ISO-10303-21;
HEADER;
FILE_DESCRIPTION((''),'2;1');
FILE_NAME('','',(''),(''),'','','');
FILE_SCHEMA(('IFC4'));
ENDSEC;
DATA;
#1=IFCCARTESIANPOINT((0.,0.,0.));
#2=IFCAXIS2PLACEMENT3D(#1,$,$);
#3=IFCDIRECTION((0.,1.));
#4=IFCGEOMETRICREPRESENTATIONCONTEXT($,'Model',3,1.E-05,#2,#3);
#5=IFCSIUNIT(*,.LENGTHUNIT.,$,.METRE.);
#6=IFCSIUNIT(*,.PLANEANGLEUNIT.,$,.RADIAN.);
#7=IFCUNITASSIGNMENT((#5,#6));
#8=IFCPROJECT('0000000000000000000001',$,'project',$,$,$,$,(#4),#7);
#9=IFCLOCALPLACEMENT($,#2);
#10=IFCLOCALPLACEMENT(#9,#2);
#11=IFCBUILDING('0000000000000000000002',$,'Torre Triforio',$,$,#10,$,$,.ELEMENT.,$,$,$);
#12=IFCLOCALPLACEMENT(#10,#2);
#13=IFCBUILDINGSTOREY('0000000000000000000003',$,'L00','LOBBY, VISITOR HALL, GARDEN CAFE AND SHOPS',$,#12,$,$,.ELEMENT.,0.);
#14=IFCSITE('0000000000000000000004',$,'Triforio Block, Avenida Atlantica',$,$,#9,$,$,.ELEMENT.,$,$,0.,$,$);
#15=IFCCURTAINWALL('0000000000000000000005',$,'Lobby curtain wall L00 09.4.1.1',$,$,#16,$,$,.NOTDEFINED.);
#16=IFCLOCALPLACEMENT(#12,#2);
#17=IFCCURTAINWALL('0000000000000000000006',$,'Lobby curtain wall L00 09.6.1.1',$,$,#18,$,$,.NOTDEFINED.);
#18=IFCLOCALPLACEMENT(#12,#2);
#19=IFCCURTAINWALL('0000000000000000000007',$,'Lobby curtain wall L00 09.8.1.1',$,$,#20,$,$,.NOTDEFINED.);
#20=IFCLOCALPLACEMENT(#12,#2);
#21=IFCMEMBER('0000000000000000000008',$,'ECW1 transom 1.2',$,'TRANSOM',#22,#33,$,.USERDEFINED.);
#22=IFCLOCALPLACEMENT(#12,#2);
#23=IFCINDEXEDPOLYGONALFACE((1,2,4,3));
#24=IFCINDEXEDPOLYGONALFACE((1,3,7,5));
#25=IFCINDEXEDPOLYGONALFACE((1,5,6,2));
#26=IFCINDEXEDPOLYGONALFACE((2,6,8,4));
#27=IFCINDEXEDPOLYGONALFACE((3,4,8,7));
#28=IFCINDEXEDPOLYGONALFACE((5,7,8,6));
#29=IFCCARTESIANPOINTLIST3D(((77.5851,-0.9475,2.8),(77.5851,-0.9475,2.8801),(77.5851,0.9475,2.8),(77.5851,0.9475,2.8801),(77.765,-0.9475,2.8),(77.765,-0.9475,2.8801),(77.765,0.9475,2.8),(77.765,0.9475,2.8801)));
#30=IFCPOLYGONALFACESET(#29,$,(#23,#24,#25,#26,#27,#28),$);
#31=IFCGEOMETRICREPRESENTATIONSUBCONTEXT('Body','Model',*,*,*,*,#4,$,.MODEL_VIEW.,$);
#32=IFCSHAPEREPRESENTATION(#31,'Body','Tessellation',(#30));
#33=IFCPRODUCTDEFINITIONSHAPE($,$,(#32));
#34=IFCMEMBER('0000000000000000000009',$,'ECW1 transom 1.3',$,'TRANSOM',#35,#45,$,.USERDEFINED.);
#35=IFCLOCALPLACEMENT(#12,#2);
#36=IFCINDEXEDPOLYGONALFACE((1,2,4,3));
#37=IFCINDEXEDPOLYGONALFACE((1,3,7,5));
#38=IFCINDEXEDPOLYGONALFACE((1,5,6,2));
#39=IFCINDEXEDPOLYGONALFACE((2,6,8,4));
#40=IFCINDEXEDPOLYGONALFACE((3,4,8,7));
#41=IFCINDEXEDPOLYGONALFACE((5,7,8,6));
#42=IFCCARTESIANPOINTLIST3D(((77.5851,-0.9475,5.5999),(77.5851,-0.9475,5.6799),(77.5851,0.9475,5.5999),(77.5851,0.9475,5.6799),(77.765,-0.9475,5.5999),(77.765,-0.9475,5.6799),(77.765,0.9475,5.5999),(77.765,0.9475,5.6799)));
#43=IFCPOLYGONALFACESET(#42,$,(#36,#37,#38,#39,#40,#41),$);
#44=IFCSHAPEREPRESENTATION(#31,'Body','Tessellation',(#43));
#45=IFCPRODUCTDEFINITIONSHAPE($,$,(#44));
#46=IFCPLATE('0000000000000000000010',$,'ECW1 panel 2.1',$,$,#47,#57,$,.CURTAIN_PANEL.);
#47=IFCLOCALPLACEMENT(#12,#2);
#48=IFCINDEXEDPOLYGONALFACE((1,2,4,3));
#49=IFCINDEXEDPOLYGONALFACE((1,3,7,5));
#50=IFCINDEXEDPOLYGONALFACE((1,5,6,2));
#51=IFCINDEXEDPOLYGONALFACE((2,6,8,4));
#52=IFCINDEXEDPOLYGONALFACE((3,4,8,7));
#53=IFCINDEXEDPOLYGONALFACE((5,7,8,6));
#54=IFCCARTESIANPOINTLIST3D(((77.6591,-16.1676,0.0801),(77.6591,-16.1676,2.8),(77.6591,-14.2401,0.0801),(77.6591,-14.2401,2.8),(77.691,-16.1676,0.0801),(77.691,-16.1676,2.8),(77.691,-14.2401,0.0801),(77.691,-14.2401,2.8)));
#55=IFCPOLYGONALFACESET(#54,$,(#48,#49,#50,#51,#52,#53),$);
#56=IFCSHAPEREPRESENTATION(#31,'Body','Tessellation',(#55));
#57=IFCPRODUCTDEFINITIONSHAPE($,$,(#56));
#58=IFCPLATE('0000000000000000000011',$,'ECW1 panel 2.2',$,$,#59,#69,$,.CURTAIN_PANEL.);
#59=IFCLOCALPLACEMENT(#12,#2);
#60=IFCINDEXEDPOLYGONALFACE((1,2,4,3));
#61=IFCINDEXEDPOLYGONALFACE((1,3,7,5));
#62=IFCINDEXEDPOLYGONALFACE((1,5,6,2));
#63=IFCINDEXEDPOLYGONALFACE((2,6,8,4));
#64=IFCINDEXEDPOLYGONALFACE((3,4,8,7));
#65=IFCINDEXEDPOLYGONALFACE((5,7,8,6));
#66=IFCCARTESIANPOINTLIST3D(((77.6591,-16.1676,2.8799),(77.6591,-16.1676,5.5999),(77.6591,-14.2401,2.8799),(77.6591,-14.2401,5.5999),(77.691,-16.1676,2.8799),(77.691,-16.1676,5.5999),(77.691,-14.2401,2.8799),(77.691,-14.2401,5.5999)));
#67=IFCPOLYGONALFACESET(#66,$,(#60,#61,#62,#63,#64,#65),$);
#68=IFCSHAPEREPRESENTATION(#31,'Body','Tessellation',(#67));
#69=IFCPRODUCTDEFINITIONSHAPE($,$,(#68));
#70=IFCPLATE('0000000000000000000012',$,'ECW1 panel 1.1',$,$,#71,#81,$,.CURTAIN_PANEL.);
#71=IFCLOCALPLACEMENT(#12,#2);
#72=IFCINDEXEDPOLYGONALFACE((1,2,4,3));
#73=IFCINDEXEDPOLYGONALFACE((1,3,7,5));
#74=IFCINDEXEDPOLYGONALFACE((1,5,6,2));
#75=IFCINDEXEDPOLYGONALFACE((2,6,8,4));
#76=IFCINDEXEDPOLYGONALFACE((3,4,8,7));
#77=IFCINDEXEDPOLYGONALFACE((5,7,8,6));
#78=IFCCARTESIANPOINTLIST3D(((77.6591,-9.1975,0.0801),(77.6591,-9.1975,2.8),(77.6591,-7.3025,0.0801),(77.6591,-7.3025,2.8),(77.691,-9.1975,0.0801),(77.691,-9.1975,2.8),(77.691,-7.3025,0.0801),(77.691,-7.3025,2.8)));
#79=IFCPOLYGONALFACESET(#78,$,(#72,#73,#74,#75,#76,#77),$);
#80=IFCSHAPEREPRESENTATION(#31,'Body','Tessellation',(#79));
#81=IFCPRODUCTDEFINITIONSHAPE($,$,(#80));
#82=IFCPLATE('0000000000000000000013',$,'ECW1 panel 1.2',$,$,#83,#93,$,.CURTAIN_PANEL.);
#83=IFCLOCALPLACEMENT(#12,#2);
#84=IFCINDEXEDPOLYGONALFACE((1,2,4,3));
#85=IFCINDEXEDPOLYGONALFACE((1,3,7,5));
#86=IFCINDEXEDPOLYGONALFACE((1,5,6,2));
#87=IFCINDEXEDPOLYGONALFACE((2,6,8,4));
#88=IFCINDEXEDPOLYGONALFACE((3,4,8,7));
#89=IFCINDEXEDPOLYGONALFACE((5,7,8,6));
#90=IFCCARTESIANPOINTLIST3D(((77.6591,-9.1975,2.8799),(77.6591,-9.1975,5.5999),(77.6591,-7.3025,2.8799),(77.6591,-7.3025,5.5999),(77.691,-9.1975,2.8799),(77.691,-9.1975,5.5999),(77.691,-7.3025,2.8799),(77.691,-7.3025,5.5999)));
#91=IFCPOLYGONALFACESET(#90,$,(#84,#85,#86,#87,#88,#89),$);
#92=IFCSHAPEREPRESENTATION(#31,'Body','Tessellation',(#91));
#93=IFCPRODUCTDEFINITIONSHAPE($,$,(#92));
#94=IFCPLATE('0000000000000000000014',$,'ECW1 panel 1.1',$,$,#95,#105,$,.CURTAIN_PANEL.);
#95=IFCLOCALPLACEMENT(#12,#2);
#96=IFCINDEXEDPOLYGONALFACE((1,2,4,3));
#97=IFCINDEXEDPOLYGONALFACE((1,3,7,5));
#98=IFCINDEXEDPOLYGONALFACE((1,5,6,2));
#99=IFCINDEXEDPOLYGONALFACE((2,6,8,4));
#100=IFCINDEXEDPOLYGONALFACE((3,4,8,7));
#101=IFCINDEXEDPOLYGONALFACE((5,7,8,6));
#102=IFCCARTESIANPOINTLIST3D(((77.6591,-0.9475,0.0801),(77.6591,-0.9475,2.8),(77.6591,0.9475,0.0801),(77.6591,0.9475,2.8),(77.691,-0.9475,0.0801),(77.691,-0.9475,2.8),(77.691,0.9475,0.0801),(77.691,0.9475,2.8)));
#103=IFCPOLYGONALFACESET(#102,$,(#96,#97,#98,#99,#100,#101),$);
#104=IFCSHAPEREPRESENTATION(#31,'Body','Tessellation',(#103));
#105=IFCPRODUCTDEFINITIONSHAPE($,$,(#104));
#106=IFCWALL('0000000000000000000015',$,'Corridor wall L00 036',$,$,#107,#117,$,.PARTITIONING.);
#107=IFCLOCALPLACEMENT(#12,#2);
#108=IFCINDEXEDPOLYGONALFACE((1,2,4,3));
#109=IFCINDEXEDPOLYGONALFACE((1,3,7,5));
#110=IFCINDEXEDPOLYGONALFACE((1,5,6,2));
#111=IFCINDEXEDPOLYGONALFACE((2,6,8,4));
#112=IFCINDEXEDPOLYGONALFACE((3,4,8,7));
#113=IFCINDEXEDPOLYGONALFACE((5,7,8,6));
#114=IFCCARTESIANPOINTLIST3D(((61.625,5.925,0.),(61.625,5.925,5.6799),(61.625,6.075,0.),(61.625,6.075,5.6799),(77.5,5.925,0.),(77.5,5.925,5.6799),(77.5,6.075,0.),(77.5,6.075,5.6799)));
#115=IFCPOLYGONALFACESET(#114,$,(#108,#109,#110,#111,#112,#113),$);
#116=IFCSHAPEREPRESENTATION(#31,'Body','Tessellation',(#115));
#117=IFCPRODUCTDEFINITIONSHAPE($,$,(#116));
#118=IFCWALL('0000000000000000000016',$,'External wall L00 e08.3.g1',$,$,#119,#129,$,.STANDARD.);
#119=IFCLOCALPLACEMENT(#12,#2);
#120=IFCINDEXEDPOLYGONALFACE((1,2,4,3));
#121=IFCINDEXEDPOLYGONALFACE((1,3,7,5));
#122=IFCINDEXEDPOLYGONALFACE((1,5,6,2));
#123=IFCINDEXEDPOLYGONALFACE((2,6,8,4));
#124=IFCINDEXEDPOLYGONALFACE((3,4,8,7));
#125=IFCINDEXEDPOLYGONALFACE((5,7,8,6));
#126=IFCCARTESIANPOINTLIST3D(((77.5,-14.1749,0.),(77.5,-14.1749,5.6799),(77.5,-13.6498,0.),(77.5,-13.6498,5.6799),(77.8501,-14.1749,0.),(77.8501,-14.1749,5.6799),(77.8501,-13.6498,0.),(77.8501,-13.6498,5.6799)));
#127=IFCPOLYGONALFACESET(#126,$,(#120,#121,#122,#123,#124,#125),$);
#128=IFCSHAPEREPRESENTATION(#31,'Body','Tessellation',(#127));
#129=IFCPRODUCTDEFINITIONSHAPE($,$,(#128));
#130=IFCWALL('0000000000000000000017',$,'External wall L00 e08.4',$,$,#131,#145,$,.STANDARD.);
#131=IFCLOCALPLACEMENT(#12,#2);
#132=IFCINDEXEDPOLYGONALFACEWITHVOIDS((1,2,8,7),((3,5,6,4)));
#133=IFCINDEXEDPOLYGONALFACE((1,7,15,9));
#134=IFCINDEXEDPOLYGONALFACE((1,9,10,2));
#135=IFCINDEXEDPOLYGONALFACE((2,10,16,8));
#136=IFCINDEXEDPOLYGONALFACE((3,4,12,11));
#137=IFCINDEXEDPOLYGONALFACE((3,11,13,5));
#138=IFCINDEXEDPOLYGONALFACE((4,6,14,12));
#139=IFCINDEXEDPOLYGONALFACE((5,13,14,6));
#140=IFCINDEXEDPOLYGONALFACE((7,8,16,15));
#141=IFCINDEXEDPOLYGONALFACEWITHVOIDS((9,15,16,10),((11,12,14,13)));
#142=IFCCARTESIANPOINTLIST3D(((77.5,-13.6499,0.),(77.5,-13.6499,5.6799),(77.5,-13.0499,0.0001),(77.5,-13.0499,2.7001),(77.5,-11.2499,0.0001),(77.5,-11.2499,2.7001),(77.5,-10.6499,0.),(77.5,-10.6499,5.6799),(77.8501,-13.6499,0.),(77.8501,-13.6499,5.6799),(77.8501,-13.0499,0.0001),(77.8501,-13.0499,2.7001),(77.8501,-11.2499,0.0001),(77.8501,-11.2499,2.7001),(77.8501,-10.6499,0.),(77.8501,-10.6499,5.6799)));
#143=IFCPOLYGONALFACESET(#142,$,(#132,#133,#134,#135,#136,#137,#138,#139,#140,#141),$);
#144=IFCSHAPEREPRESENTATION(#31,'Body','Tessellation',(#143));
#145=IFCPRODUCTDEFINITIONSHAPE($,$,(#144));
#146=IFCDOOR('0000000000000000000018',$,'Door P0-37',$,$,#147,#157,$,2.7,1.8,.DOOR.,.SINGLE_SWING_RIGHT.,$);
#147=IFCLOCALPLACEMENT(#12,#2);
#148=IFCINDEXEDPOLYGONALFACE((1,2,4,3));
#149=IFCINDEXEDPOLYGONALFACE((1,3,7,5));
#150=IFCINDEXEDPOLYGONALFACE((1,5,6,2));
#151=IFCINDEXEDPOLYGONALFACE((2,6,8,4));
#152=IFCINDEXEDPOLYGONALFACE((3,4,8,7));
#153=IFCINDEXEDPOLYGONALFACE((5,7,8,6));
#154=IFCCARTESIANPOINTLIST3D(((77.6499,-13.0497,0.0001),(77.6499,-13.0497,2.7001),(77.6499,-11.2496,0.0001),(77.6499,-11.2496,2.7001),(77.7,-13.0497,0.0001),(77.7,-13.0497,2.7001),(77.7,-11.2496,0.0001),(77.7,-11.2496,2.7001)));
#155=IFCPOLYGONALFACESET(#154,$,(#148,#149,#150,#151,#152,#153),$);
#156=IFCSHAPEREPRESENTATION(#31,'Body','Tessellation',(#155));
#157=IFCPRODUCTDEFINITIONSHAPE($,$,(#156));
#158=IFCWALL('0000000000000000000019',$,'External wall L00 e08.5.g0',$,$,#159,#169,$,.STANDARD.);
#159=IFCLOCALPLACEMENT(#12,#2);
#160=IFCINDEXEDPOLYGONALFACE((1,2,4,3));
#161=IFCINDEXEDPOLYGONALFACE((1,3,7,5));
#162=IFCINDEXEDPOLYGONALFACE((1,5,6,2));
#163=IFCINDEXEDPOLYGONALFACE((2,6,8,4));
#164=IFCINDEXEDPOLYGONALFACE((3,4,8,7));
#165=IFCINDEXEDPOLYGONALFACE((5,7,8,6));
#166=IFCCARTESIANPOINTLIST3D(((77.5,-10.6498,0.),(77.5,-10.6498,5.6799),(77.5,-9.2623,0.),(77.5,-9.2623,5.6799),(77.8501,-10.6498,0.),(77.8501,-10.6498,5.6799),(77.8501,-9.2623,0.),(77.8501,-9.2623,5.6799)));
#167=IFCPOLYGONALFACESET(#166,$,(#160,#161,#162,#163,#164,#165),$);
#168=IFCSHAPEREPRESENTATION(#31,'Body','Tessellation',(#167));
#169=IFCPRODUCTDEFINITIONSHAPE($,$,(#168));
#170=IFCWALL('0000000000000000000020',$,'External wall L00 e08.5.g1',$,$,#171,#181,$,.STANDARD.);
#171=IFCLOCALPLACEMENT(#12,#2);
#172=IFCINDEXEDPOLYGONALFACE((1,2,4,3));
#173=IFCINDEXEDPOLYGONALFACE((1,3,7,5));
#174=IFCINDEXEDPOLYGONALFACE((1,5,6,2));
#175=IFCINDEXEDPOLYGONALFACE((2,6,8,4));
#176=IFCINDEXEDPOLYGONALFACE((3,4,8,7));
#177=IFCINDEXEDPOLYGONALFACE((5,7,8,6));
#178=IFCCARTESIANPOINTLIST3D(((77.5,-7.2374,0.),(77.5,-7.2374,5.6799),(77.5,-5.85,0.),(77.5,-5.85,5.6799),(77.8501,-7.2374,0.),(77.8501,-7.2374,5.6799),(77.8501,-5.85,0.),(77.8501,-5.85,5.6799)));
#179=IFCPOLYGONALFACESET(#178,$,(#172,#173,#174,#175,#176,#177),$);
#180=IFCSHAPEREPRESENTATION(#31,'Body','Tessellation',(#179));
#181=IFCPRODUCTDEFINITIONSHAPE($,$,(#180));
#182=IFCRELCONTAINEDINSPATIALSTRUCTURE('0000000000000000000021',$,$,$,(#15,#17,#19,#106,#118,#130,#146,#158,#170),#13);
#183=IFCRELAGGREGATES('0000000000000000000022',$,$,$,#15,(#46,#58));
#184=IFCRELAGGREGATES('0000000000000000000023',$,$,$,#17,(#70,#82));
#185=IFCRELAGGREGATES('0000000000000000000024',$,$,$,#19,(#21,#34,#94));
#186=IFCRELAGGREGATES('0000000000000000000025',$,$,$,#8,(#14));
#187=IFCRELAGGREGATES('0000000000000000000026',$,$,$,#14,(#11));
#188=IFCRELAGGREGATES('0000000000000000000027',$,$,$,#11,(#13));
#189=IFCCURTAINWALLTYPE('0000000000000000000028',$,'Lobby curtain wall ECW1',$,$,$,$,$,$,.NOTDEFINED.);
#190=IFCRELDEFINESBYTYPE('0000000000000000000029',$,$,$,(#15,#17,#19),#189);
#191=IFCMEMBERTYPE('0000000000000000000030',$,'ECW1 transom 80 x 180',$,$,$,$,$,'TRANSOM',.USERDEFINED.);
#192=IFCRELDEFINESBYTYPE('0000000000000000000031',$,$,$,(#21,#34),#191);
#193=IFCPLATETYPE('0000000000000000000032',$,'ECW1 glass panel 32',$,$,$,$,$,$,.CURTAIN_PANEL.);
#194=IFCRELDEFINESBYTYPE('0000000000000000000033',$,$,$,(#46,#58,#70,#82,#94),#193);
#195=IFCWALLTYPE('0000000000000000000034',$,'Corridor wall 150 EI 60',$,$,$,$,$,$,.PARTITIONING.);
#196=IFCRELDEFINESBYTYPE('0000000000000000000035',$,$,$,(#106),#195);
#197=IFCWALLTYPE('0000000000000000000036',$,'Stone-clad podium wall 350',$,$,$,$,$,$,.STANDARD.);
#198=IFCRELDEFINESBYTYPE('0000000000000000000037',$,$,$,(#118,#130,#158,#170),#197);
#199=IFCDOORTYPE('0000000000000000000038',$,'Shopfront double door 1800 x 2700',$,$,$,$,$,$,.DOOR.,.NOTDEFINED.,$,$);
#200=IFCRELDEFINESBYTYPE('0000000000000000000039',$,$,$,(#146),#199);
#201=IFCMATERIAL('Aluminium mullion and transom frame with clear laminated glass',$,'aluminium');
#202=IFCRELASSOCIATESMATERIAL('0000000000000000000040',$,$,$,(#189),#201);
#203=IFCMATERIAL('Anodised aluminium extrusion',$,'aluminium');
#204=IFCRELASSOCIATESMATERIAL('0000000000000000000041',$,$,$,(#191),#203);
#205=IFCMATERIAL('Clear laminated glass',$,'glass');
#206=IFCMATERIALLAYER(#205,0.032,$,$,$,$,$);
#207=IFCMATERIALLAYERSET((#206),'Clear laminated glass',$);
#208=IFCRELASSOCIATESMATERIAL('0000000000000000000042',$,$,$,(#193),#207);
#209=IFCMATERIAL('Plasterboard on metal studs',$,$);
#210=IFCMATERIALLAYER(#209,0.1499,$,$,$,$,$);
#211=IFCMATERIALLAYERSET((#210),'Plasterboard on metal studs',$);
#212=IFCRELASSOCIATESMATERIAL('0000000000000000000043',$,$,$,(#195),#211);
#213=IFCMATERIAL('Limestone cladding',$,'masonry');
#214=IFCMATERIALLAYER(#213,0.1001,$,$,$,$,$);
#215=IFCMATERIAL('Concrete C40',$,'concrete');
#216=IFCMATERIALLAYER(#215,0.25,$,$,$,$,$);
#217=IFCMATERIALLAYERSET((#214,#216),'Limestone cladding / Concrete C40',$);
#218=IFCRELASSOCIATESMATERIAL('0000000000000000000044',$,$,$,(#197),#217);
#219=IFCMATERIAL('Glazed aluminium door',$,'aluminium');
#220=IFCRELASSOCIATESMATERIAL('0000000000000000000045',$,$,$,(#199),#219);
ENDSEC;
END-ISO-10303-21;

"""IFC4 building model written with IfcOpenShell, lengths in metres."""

from ifc_helpers import new_model, si_unit, direction, frame, frame_2d, origin, origin_2d, place, context, subcontext, project, spatial, rectangle, extrude, material, layer, layer_set, material_profile, profile_set, type_object, element, fill, aggregate, save


model = new_model("IFC4")

# Units and contexts
model_context = context("Model", 3, precision=1e-05, world=origin(), true_north=direction((0.0, 1.0)))
body_context = subcontext(model_context, "Body", "Model", "MODEL_VIEW")
ifc_project = project(units=[si_unit("LENGTHUNIT", "METRE"), si_unit("PLANEANGLEUNIT", "RADIAN")], contexts=[model_context])

# Site, building, storey
site_placement = place(None, origin())
site = spatial("IfcSite", under=ifc_project, at=site_placement, Name="Triforio Block, Avenida Atlantica", CompositionType="ELEMENT", RefElevation=0.0)
building_placement = place(site_placement, origin())
building = spatial("IfcBuilding", under=site, at=building_placement, Name="Torre Triforio", CompositionType="ELEMENT")
storey_placement = place(building_placement, origin())
storey = spatial("IfcBuildingStorey", under=building, at=storey_placement, Name="L00", Description="LOBBY, VISITOR HALL, GARDEN CAFE AND SHOPS", CompositionType="ELEMENT", Elevation=0.0)

# Curtain wall
ifc_material_1 = material(Name="Aluminium mullion and transom frame with clear laminated glass", Category="aluminium")
curtain_wall_type = type_object("IfcCurtainWallType", Name="Lobby curtain wall ECW1", PredefinedType="NOTDEFINED", material=ifc_material_1)
curtain_wall_1_placement = place(storey_placement, origin())
curtain_wall_1 = element("IfcCurtainWall", 1, at=curtain_wall_1_placement, inside=storey, type_object=curtain_wall_type, Name="Lobby curtain wall L00 09.4.1.1", PredefinedType="NOTDEFINED")
ifc_material_2 = material(Name="Anodised aluminium extrusion", Category="aluminium")

# Curtain wall
curtain_wall_2_placement = place(storey_placement, origin())
curtain_wall_2 = element("IfcCurtainWall", 2, at=curtain_wall_2_placement, inside=storey, type_object=curtain_wall_type, Name="Lobby curtain wall L00 09.6.1.1", PredefinedType="NOTDEFINED")

# Curtain wall
curtain_wall_3_placement = place(storey_placement, origin())
curtain_wall_3 = element("IfcCurtainWall", 3, at=curtain_wall_3_placement, inside=storey, type_object=curtain_wall_type, Name="Lobby curtain wall L00 09.8.1.1", PredefinedType="NOTDEFINED")

# Members
ifc_material_profile_1 = material_profile(ifc_material_2, rectangle(XDim=0.1799, YDim=0.0801, at=origin_2d()), Name="ECW1 TRANSOM 80x180")
ifc_profile_set_1 = profile_set([ifc_material_profile_1], Name="Anodised aluminium extrusion")
member_type_1 = type_object("IfcMemberType", Name="ECW1 transom 80 x 180", ElementType="TRANSOM", PredefinedType="USERDEFINED", material=ifc_profile_set_1)
member_1_placement = place(storey_placement, frame((77.675, -0.9475, 2.8401), z_axis=(0.0, 1.0, 0.0), x_axis=(-1.0, 0.0, 0.0)))
member_1 = element("IfcMember", 4, at=member_1_placement, type_object=member_type_1, Name="ECW1 transom 1.2", ObjectType="TRANSOM", PredefinedType="USERDEFINED", context=body_context, shape_type="SweptSolid", body=[
    extrude(rectangle(XDim=0.1799, YDim=0.0801, at=origin_2d()), origin(), (0.0, 0.0, 1.0), 1.895),
])
member_2_placement = place(storey_placement, frame((77.675, -0.9475, 5.6399), z_axis=(0.0, 1.0, 0.0), x_axis=(-1.0, 0.0, 0.0)))
member_2 = element("IfcMember", 5, at=member_2_placement, type_object=member_type_1, Name="ECW1 transom 1.3", ObjectType="TRANSOM", PredefinedType="USERDEFINED", context=body_context, shape_type="SweptSolid", body=[
    extrude(rectangle(XDim=0.1799, YDim=0.0801, at=origin_2d()), origin(), (0.0, 0.0, 1.0), 1.895),
])

# Plates
ifc_material_3 = material(Name="Clear laminated glass", Category="glass")
ifc_layer_1 = layer(ifc_material_3, 0.032)
ifc_layer_set_1 = layer_set([ifc_layer_1], Name="Clear laminated glass")
plate_type = type_object("IfcPlateType", Name="ECW1 glass panel 32", PredefinedType="CURTAIN_PANEL", material=ifc_layer_set_1)
plate_1_placement = place(storey_placement, frame((77.675, -15.2039, 0.0801), z_axis=(0.0, 0.0, 1.0), x_axis=(0.0, 1.0, 0.0)))
plate_1 = element("IfcPlate", 6, at=plate_1_placement, type_object=plate_type, Name="ECW1 panel 2.1", PredefinedType="CURTAIN_PANEL", context=body_context, shape_type="SweptSolid", body=[
    extrude(rectangle(XDim=1.9275, YDim=0.032, at=origin_2d()), origin(), (0.0, 0.0, 1.0), 2.72),
])
plate_2_placement = place(storey_placement, frame((77.675, -15.2039, 2.8799), z_axis=(0.0, 0.0, 1.0), x_axis=(0.0, 1.0, 0.0)))
plate_2 = element("IfcPlate", 7, at=plate_2_placement, type_object=plate_type, Name="ECW1 panel 2.2", PredefinedType="CURTAIN_PANEL", context=body_context, shape_type="SweptSolid", body=[
    extrude(rectangle(XDim=1.9275, YDim=0.032, at=origin_2d()), origin(), (0.0, 0.0, 1.0), 2.72),
])
aggregate(curtain_wall_1, [plate_1, plate_2])
plate_3_placement = place(storey_placement, frame((77.675, -8.25, 0.0801), z_axis=(0.0, 0.0, 1.0), x_axis=(0.0, 1.0, 0.0)))
plate_3 = element("IfcPlate", 8, at=plate_3_placement, type_object=plate_type, Name="ECW1 panel 1.1", PredefinedType="CURTAIN_PANEL", context=body_context, shape_type="SweptSolid", body=[
    extrude(rectangle(XDim=1.895, YDim=0.032, at=origin_2d()), origin(), (0.0, 0.0, 1.0), 2.72),
])
plate_4_placement = place(storey_placement, frame((77.675, -8.25, 2.8799), z_axis=(0.0, 0.0, 1.0), x_axis=(0.0, 1.0, 0.0)))
plate_4 = element("IfcPlate", 9, at=plate_4_placement, type_object=plate_type, Name="ECW1 panel 1.2", PredefinedType="CURTAIN_PANEL", context=body_context, shape_type="SweptSolid", body=[
    extrude(rectangle(XDim=1.895, YDim=0.032, at=origin_2d()), origin(), (0.0, 0.0, 1.0), 2.72),
])
aggregate(curtain_wall_2, [plate_3, plate_4])
plate_5_placement = place(storey_placement, frame((77.675, 0.0, 0.0801), z_axis=(0.0, 0.0, 1.0), x_axis=(0.0, 1.0, 0.0)))
plate_5 = element("IfcPlate", 10, at=plate_5_placement, type_object=plate_type, Name="ECW1 panel 1.1", PredefinedType="CURTAIN_PANEL", context=body_context, shape_type="SweptSolid", body=[
    extrude(rectangle(XDim=1.895, YDim=0.032, at=origin_2d()), origin(), (0.0, 0.0, 1.0), 2.72),
])
aggregate(curtain_wall_3, [member_1, member_2, plate_5])

# Walls
ifc_material_4 = material(Name="Plasterboard on metal studs")
ifc_layer_2 = layer(ifc_material_4, 0.1499)
ifc_layer_set_2 = layer_set([ifc_layer_2], Name="Plasterboard on metal studs")
wall_type_1 = type_object("IfcWallType", Name="Corridor wall 150 EI 60", PredefinedType="PARTITIONING", material=ifc_layer_set_2)
wall_1_placement = place(storey_placement, frame((61.625, 6.0, 0.0), z_axis=(0.0, 0.0, 1.0), x_axis=(1.0, 0.0, 0.0)))
element("IfcWall", 11, at=wall_1_placement, inside=storey, type_object=wall_type_1, Name="Corridor wall L00 036", PredefinedType="PARTITIONING", context=body_context, shape_type="SweptSolid", body=[
    extrude(rectangle(XDim=15.875, YDim=0.1499, at=frame_2d((7.9375, 0.0))), origin(), (0.0, 0.0, 1.0), 5.6799),
])
ifc_material_5 = material(Name="Limestone cladding", Category="masonry")
ifc_layer_3 = layer(ifc_material_5, 0.1001)
ifc_material_6 = material(Name="Concrete C40", Category="concrete")
ifc_layer_4 = layer(ifc_material_6, 0.25)
ifc_layer_set_3 = layer_set([ifc_layer_3, ifc_layer_4], Name="Limestone cladding / Concrete C40")
wall_type_2 = type_object("IfcWallType", Name="Stone-clad podium wall 350", PredefinedType="STANDARD", material=ifc_layer_set_3)
wall_2_placement = place(storey_placement, frame((77.675, -14.175, 0.0), z_axis=(0.0, 0.0, 1.0), x_axis=(0.0, 1.0, 0.0)))
element("IfcWall", 12, at=wall_2_placement, inside=storey, type_object=wall_type_2, Name="External wall L00 e08.3.g1", PredefinedType="STANDARD", context=body_context, shape_type="SweptSolid", body=[
    extrude(rectangle(XDim=0.5251, YDim=0.3501, at=frame_2d((0.2627, 0.0))), origin(), (0.0, 0.0, 1.0), 5.6799),
])

# Wall, opening, door
wall_3_placement = place(storey_placement, frame((77.675, -13.6499, 0.0), z_axis=(0.0, 0.0, 1.0), x_axis=(0.0, 1.0, 0.0)))
wall_3 = element("IfcWall", 13, at=wall_3_placement, inside=storey, type_object=wall_type_2, Name="External wall L00 e08.4", PredefinedType="STANDARD", context=body_context, shape_type="SweptSolid", body=[
    extrude(rectangle(XDim=3.0, YDim=0.3501, at=frame_2d((1.5, 0.0))), origin(), (0.0, 0.0, 1.0), 5.6799),
])
opening_1_placement = place(wall_3_placement, frame((0.6001, 0.0, 0.0)))
opening_1 = element("IfcOpeningElement", 14, at=opening_1_placement, cuts=wall_3, PredefinedType="OPENING", context=body_context, shape_type="SweptSolid", body=[
    extrude(rectangle(XDim=1.8, YDim=2.7, at=frame_2d((0.8999, 1.3501))), frame((0.0, 0.1851, 0.0), z_axis=(0.0, -1.0, 0.0), x_axis=(1.0, 0.0, 0.0)), (0.0, 0.0, 1.0), 0.3701),
])
ifc_material_7 = material(Name="Glazed aluminium door", Category="aluminium")
door_type_1 = type_object("IfcDoorType", Name="Shopfront double door 1800 x 2700", OperationType="NOTDEFINED", PredefinedType="DOOR", material=ifc_material_7)
door_1_placement = place(opening_1_placement, frame((1.8, 0.0, 0.0), z_axis=(0.0, 0.0, 1.0), x_axis=(-1.0, 0.0, 0.0)))
door_1 = element("IfcDoor", 15, at=door_1_placement, inside=storey, type_object=door_type_1, Name="Door P0-37", OperationType="SINGLE_SWING_RIGHT", OverallHeight=2.7, OverallWidth=1.8, PredefinedType="DOOR", context=body_context, shape_type="SweptSolid", body=[
    extrude(rectangle(XDim=1.8, YDim=2.7, at=frame_2d((0.8999, 1.3501))), frame((0.0, 0.0249, 0.0), z_axis=(0.0, -1.0, 0.0), x_axis=(1.0, 0.0, 0.0)), (0.0, 0.0, 1.0), 0.05),
])
fill(opening_1, door_1)

# Walls
for number, where, z_axis, x_axis, name in (
    (16, (77.675, -10.6499, 0.0), (0.0, 0.0, 1.0), (0.0, 1.0, 0.0), "External wall L00 e08.5.g0"),
    (17, (77.675, -7.2375, 0.0), (0.0, 0.0, 1.0), (0.0, 1.0, 0.0), "External wall L00 e08.5.g1"),
):
    element("IfcWall", number, at=place(storey_placement, frame(where, z_axis=z_axis, x_axis=x_axis)), inside=storey, type_object=wall_type_2, Name=name, PredefinedType="STANDARD", context=body_context, shape_type="SweptSolid", body=[
        extrude(rectangle(XDim=1.3875, YDim=0.3501, at=frame_2d((0.6938, 0.0))), origin(), (0.0, 0.0, 1.0), 5.6799),
    ])

save(model, "model.ifc")
